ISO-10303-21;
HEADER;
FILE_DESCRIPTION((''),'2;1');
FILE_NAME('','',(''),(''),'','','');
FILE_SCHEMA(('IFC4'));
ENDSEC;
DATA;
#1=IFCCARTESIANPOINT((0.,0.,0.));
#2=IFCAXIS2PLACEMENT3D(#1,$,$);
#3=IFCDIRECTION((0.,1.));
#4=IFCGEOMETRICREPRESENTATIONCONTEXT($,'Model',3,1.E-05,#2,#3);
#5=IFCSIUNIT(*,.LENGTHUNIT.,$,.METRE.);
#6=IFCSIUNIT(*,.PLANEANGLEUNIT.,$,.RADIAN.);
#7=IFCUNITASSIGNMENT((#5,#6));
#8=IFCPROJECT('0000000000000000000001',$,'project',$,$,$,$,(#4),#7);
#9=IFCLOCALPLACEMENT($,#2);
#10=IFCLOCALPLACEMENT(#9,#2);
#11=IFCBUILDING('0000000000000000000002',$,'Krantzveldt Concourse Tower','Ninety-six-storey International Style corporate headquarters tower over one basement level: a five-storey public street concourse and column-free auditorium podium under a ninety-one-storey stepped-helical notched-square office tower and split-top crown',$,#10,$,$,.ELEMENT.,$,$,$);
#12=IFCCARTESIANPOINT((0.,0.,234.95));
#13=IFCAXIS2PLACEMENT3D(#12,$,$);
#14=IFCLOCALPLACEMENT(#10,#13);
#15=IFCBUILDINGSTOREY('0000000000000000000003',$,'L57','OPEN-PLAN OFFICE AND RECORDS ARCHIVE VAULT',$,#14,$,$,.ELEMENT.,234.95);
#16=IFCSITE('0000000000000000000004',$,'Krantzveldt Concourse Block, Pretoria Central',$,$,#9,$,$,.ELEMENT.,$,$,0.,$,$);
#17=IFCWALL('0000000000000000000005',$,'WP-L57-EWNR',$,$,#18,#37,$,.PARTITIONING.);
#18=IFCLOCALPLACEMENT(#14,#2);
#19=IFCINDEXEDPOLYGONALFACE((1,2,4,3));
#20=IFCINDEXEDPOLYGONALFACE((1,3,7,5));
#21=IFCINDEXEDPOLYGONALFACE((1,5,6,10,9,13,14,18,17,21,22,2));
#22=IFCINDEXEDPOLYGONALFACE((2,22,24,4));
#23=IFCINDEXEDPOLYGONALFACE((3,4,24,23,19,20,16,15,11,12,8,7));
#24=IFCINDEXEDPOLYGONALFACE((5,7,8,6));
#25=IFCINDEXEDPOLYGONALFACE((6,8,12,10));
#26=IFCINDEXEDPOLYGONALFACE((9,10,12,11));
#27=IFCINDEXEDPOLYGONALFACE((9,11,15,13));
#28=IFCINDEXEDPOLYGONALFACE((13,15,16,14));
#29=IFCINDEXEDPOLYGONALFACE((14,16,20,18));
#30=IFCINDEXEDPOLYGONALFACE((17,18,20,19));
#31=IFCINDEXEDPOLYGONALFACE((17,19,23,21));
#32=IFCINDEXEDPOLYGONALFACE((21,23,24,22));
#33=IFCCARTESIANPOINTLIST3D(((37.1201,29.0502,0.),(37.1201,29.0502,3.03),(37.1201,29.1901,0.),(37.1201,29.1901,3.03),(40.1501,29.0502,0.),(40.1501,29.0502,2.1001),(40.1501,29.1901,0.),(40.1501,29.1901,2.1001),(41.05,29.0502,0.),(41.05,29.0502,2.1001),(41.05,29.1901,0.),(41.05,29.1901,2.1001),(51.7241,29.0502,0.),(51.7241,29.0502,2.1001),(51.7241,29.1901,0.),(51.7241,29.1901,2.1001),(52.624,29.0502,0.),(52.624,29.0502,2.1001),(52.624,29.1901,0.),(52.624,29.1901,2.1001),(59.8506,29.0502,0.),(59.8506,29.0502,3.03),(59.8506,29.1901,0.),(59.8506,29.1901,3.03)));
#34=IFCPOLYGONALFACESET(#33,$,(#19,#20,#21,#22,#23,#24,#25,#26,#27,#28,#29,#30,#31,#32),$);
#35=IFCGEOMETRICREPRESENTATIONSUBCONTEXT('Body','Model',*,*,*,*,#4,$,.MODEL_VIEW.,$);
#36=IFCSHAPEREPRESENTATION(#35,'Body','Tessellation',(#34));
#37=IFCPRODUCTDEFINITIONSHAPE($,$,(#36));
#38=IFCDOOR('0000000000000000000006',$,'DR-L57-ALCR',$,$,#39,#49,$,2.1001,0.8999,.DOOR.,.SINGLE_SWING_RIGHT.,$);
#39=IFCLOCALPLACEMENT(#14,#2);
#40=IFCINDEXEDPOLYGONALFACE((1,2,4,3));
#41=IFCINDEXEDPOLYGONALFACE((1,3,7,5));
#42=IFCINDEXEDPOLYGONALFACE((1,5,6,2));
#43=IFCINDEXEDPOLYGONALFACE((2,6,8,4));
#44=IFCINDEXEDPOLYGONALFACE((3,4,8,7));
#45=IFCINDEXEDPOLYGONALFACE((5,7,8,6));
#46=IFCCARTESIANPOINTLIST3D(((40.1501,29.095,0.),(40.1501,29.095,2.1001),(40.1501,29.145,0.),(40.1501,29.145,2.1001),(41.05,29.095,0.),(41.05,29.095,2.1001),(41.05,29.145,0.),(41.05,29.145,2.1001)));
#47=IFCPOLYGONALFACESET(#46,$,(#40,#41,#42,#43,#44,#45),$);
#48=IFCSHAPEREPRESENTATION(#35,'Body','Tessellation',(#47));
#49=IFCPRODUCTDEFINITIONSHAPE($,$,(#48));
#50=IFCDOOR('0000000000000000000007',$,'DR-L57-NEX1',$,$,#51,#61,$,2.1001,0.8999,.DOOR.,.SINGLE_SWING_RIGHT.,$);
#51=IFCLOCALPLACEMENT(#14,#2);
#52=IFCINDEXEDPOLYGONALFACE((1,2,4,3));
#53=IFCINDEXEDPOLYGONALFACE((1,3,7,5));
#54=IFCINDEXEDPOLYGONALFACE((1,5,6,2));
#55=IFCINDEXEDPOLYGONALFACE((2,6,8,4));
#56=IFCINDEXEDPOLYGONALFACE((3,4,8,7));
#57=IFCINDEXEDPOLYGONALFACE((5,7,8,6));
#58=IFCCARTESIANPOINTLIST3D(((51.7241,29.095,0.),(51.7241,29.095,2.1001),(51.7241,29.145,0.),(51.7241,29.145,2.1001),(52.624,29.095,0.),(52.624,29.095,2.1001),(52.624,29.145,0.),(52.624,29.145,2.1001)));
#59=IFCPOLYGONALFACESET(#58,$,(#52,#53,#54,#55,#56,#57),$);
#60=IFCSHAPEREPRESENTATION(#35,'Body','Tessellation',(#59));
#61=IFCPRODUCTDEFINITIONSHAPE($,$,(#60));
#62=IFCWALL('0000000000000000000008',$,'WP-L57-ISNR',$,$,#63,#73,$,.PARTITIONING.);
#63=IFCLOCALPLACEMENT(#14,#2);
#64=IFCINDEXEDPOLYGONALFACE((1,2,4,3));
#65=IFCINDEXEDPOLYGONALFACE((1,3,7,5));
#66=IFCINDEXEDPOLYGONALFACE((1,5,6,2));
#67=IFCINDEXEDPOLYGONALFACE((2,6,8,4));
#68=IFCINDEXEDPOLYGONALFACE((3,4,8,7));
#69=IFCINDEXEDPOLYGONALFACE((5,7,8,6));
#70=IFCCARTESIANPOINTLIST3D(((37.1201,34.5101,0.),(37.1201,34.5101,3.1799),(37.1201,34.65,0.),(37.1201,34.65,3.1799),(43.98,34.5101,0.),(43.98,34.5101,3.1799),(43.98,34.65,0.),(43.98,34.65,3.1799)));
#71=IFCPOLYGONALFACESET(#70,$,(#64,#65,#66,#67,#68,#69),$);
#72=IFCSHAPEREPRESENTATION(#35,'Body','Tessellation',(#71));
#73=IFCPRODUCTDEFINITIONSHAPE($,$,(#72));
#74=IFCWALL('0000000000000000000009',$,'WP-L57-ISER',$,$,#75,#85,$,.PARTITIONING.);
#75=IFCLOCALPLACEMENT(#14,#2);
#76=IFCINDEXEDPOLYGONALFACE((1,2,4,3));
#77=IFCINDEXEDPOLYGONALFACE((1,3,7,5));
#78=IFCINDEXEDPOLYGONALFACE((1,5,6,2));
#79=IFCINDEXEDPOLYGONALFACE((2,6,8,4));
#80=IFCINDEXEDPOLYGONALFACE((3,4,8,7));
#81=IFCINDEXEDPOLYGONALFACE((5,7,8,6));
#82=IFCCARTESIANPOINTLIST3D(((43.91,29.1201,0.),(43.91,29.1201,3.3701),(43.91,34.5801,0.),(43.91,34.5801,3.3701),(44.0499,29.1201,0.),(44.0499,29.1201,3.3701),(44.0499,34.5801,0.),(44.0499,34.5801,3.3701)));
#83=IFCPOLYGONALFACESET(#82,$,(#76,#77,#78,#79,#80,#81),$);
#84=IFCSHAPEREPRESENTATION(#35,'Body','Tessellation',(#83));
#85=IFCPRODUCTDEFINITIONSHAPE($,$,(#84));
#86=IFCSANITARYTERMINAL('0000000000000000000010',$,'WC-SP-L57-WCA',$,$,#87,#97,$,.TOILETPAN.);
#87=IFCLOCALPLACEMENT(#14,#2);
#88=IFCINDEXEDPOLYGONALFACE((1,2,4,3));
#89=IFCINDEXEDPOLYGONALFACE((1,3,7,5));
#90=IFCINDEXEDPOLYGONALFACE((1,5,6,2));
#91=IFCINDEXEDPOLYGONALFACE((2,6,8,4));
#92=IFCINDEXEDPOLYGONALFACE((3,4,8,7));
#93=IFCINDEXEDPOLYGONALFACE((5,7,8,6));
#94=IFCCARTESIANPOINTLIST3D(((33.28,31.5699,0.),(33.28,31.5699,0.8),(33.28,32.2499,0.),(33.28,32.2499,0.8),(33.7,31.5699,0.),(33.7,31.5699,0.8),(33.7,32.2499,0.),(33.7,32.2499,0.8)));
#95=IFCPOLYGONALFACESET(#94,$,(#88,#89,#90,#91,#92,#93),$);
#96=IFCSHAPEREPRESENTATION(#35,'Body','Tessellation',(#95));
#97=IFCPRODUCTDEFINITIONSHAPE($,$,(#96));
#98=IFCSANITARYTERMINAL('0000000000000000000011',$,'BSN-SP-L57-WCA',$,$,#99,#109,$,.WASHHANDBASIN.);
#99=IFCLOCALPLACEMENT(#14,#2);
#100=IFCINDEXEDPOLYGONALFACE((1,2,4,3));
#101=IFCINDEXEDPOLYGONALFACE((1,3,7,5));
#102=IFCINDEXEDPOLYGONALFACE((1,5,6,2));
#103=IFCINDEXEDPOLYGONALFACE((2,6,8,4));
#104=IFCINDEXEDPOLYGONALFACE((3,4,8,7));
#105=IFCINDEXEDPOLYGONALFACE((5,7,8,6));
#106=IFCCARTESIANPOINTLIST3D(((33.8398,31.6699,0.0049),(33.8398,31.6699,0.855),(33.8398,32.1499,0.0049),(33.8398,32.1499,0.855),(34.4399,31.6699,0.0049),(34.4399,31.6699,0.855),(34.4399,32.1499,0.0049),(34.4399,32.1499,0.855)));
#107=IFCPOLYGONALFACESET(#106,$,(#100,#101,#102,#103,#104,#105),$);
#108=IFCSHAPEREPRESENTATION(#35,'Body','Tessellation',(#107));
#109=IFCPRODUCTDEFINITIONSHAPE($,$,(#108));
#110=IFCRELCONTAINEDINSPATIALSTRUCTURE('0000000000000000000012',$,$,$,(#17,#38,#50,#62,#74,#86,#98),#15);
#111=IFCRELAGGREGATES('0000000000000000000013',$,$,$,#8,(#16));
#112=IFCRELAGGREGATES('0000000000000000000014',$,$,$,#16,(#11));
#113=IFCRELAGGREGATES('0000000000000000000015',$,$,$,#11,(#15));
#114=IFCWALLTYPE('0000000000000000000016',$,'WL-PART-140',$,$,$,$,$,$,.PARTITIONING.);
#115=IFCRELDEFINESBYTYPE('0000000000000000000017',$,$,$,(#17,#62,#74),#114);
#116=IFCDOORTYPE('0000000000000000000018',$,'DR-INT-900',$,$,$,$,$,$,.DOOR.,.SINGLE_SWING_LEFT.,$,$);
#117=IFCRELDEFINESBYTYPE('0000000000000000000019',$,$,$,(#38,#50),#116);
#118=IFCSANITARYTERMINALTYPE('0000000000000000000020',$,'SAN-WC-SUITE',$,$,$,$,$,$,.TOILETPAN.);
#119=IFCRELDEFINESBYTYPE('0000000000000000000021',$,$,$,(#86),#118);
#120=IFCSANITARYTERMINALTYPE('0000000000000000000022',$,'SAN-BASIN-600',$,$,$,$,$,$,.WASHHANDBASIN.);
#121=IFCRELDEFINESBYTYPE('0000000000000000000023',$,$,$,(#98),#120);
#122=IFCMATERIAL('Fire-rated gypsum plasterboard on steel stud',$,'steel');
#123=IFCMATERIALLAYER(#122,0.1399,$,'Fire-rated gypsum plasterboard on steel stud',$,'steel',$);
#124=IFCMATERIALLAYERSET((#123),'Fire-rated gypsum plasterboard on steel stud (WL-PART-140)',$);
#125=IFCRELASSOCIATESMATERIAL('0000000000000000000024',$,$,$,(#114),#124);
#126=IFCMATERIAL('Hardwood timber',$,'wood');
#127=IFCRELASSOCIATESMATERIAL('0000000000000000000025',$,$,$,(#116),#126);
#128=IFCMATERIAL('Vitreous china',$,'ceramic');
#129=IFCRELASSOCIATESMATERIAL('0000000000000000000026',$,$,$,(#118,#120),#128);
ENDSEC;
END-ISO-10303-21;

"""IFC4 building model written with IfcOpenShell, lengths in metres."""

from ifc_helpers import new_model, si_unit, direction, frame, frame_2d, origin, origin_2d, place, context, subcontext, project, spatial, rectangle, extrude, source, transform, mapped, material, layer, layer_set, type_object, type_shapes, element, fill, save


model = new_model("IFC4")

# Units and contexts
model_context = context("Model", 3, precision=1e-05, world=origin(), true_north=direction((0.0, 1.0)))
body_context = subcontext(model_context, "Body", "Model", "MODEL_VIEW")
ifc_project = project(units=[si_unit("LENGTHUNIT", "METRE"), si_unit("PLANEANGLEUNIT", "RADIAN")], contexts=[model_context])

# Site, building, storey
site_placement = place(None, origin())
site = spatial("IfcSite", under=ifc_project, at=site_placement, Name="Krantzveldt Concourse Block, Pretoria Central", CompositionType="ELEMENT", RefElevation=0.0)
building_placement = place(site_placement, origin())
building = spatial("IfcBuilding", under=site, at=building_placement, Name="Krantzveldt Concourse Tower", Description="Ninety-six-storey International Style corporate headquarters tower over one basement level: a five-storey public street concourse and column-free auditorium podium under a ninety-one-storey stepped-helical notched-square office tower and split-top crown", CompositionType="ELEMENT")
storey_placement = place(building_placement, frame((0.0, 0.0, 234.95)))
storey = spatial("IfcBuildingStorey", under=building, at=storey_placement, Name="L57", Description="OPEN-PLAN OFFICE AND RECORDS ARCHIVE VAULT", CompositionType="ELEMENT", Elevation=234.95)

# Shared definitions
ifc_material_1 = material(Name="Fire-rated gypsum plasterboard on steel stud", Category="steel")

# Wall, openings, doors
ifc_layer_1 = layer(ifc_material_1, 0.1399, Name="Fire-rated gypsum plasterboard on steel stud", Category="steel")
ifc_layer_set_1 = layer_set([ifc_layer_1], Name="Fire-rated gypsum plasterboard on steel stud (WL-PART-140)")
wall_type_1 = type_object("IfcWallType", Name="WL-PART-140", PredefinedType="PARTITIONING", material=ifc_layer_set_1)
ifc_material_2 = material(Name="Hardwood timber", Category="wood")
door_type_1 = type_object("IfcDoorType", Name="DR-INT-900", OperationType="SINGLE_SWING_LEFT", PredefinedType="DOOR", material=ifc_material_2)
wall_1_placement = place(storey_placement, frame((37.1201, 29.1201, 0.0), z_axis=(0.0, 0.0, 1.0), x_axis=(1.0, 0.0, 0.0)))
wall_1 = element("IfcWall", 1, at=wall_1_placement, inside=storey, type_object=wall_type_1, Name="WP-L57-EWNR", PredefinedType="PARTITIONING", context=body_context, shape_type="SweptSolid", body=[
    extrude(rectangle(XDim=22.7305, YDim=0.1399, at=frame_2d((11.3652, 0.0))), origin(), (0.0, 0.0, 1.0), 3.03),
])
opening_1_placement = place(wall_1_placement, frame((3.03, 0.0, 0.0)))
opening_1 = element("IfcOpeningElement", 2, at=opening_1_placement, cuts=wall_1, PredefinedType="OPENING", context=body_context, shape_type="SweptSolid", body=[
    extrude(rectangle(XDim=0.8999, YDim=2.1001, at=frame_2d((0.45, 1.05))), frame((0.0, 0.0801, 0.0), z_axis=(0.0, -1.0, 0.0), x_axis=(1.0, 0.0, 0.0)), (0.0, 0.0, 1.0), 0.1599),
])
opening_2_placement = place(wall_1_placement, frame((14.604, 0.0, 0.0)))
opening_2 = element("IfcOpeningElement", 3, at=opening_2_placement, cuts=wall_1, PredefinedType="OPENING", context=body_context, shape_type="SweptSolid", body=[
    extrude(rectangle(XDim=0.8999, YDim=2.1001, at=frame_2d((0.45, 1.05))), frame((0.0, 0.0801, 0.0), z_axis=(0.0, -1.0, 0.0), x_axis=(1.0, 0.0, 0.0)), (0.0, 0.0, 1.0), 0.1599),
])
door_1_placement = place(opening_1_placement, origin())
door_1 = element("IfcDoor", 4, at=door_1_placement, inside=storey, type_object=door_type_1, Name="DR-L57-ALCR", OperationType="SINGLE_SWING_RIGHT", OverallHeight=2.1001, OverallWidth=0.8999, PredefinedType="DOOR", context=body_context, shape_type="SweptSolid", body=[
    extrude(rectangle(XDim=0.8999, YDim=2.1001, at=frame_2d((0.45, 1.05))), frame((0.0, 0.0249, 0.0), z_axis=(0.0, -1.0, 0.0), x_axis=(1.0, 0.0, 0.0)), (0.0, 0.0, 1.0), 0.05),
])
fill(opening_1, door_1)
door_2_placement = place(opening_2_placement, origin())
door_2 = element("IfcDoor", 5, at=door_2_placement, inside=storey, type_object=door_type_1, Name="DR-L57-NEX1", OperationType="SINGLE_SWING_RIGHT", OverallHeight=2.1001, OverallWidth=0.8999, PredefinedType="DOOR", context=body_context, shape_type="SweptSolid", body=[
    extrude(rectangle(XDim=0.8999, YDim=2.1001, at=frame_2d((0.45, 1.05))), frame((0.0, 0.0249, 0.0), z_axis=(0.0, -1.0, 0.0), x_axis=(1.0, 0.0, 0.0)), (0.0, 0.0, 1.0), 0.05),
])
fill(opening_2, door_2)

# Walls
wall_2_placement = place(storey_placement, frame((37.1201, 34.5801, 0.0), z_axis=(0.0, 0.0, 1.0), x_axis=(1.0, 0.0, 0.0)))
element("IfcWall", 6, at=wall_2_placement, inside=storey, type_object=wall_type_1, Name="WP-L57-ISNR", PredefinedType="PARTITIONING", context=body_context, shape_type="SweptSolid", body=[
    extrude(rectangle(XDim=6.8599, YDim=0.1399, at=frame_2d((3.4299, 0.0))), origin(), (0.0, 0.0, 1.0), 3.1799),
])
wall_3_placement = place(storey_placement, frame((43.98, 29.1201, 0.0), z_axis=(0.0, 0.0, 1.0), x_axis=(0.0, 1.0, 0.0)))
element("IfcWall", 7, at=wall_3_placement, inside=storey, type_object=wall_type_1, Name="WP-L57-ISER", PredefinedType="PARTITIONING", context=body_context, shape_type="SweptSolid", body=[
    extrude(rectangle(XDim=5.46, YDim=0.1399, at=frame_2d((2.73, 0.0))), origin(), (0.0, 0.0, 1.0), 3.3701),
])

# Sanitary terminals
ifc_material_3 = material(Name="Vitreous china", Category="ceramic")
sanitary_terminal_type_1 = type_object("IfcSanitaryTerminalType", Name="SAN-WC-SUITE", PredefinedType="TOILETPAN", material=ifc_material_3)
shared_shape_1 = source(origin(), body_context, "Body", "SweptSolid", [
    extrude(rectangle(XDim=0.4199, YDim=0.6799, at=origin_2d()), origin(), (0.0, 0.0, 1.0), 0.8),
])
type_shapes(sanitary_terminal_type_1, [shared_shape_1])
sanitary_terminal_1_placement = place(storey_placement, frame((33.49, 31.9099, 0.0), z_axis=(0.0, 0.0, 1.0), x_axis=(1.0, 0.0, 0.0)))
element("IfcSanitaryTerminal", 8, at=sanitary_terminal_1_placement, inside=storey, type_object=sanitary_terminal_type_1, Name="WC-SP-L57-WCA", PredefinedType="TOILETPAN", context=body_context, shape_type="MappedRepresentation", body=[
    mapped(shared_shape_1, transform((0.0, 0.0, 0.0), x_axis=(1.0, 0.0, 0.0), y_axis=(0.0, 1.0, 0.0), z_axis=(0.0, 0.0, 1.0), scale=1.0)),
])
sanitary_terminal_type_2 = type_object("IfcSanitaryTerminalType", Name="SAN-BASIN-600", PredefinedType="WASHHANDBASIN", material=ifc_material_3)
shared_shape_2 = source(origin(), body_context, "Body", "SweptSolid", [
    extrude(rectangle(XDim=0.6001, YDim=0.48, at=origin_2d()), origin(), (0.0, 0.0, 1.0), 0.8501),
])
type_shapes(sanitary_terminal_type_2, [shared_shape_2])
sanitary_terminal_2_placement = place(storey_placement, frame((34.1399, 31.9099, 0.0049), z_axis=(0.0, 0.0, 1.0), x_axis=(1.0, 0.0, 0.0)))
element("IfcSanitaryTerminal", 9, at=sanitary_terminal_2_placement, inside=storey, type_object=sanitary_terminal_type_2, Name="BSN-SP-L57-WCA", PredefinedType="WASHHANDBASIN", context=body_context, shape_type="MappedRepresentation", body=[
    mapped(shared_shape_2, transform((0.0, 0.0, 0.0), x_axis=(1.0, 0.0, 0.0), y_axis=(0.0, 1.0, 0.0), z_axis=(0.0, 0.0, 1.0), scale=1.0)),
])

save(model, "model.ifc")
